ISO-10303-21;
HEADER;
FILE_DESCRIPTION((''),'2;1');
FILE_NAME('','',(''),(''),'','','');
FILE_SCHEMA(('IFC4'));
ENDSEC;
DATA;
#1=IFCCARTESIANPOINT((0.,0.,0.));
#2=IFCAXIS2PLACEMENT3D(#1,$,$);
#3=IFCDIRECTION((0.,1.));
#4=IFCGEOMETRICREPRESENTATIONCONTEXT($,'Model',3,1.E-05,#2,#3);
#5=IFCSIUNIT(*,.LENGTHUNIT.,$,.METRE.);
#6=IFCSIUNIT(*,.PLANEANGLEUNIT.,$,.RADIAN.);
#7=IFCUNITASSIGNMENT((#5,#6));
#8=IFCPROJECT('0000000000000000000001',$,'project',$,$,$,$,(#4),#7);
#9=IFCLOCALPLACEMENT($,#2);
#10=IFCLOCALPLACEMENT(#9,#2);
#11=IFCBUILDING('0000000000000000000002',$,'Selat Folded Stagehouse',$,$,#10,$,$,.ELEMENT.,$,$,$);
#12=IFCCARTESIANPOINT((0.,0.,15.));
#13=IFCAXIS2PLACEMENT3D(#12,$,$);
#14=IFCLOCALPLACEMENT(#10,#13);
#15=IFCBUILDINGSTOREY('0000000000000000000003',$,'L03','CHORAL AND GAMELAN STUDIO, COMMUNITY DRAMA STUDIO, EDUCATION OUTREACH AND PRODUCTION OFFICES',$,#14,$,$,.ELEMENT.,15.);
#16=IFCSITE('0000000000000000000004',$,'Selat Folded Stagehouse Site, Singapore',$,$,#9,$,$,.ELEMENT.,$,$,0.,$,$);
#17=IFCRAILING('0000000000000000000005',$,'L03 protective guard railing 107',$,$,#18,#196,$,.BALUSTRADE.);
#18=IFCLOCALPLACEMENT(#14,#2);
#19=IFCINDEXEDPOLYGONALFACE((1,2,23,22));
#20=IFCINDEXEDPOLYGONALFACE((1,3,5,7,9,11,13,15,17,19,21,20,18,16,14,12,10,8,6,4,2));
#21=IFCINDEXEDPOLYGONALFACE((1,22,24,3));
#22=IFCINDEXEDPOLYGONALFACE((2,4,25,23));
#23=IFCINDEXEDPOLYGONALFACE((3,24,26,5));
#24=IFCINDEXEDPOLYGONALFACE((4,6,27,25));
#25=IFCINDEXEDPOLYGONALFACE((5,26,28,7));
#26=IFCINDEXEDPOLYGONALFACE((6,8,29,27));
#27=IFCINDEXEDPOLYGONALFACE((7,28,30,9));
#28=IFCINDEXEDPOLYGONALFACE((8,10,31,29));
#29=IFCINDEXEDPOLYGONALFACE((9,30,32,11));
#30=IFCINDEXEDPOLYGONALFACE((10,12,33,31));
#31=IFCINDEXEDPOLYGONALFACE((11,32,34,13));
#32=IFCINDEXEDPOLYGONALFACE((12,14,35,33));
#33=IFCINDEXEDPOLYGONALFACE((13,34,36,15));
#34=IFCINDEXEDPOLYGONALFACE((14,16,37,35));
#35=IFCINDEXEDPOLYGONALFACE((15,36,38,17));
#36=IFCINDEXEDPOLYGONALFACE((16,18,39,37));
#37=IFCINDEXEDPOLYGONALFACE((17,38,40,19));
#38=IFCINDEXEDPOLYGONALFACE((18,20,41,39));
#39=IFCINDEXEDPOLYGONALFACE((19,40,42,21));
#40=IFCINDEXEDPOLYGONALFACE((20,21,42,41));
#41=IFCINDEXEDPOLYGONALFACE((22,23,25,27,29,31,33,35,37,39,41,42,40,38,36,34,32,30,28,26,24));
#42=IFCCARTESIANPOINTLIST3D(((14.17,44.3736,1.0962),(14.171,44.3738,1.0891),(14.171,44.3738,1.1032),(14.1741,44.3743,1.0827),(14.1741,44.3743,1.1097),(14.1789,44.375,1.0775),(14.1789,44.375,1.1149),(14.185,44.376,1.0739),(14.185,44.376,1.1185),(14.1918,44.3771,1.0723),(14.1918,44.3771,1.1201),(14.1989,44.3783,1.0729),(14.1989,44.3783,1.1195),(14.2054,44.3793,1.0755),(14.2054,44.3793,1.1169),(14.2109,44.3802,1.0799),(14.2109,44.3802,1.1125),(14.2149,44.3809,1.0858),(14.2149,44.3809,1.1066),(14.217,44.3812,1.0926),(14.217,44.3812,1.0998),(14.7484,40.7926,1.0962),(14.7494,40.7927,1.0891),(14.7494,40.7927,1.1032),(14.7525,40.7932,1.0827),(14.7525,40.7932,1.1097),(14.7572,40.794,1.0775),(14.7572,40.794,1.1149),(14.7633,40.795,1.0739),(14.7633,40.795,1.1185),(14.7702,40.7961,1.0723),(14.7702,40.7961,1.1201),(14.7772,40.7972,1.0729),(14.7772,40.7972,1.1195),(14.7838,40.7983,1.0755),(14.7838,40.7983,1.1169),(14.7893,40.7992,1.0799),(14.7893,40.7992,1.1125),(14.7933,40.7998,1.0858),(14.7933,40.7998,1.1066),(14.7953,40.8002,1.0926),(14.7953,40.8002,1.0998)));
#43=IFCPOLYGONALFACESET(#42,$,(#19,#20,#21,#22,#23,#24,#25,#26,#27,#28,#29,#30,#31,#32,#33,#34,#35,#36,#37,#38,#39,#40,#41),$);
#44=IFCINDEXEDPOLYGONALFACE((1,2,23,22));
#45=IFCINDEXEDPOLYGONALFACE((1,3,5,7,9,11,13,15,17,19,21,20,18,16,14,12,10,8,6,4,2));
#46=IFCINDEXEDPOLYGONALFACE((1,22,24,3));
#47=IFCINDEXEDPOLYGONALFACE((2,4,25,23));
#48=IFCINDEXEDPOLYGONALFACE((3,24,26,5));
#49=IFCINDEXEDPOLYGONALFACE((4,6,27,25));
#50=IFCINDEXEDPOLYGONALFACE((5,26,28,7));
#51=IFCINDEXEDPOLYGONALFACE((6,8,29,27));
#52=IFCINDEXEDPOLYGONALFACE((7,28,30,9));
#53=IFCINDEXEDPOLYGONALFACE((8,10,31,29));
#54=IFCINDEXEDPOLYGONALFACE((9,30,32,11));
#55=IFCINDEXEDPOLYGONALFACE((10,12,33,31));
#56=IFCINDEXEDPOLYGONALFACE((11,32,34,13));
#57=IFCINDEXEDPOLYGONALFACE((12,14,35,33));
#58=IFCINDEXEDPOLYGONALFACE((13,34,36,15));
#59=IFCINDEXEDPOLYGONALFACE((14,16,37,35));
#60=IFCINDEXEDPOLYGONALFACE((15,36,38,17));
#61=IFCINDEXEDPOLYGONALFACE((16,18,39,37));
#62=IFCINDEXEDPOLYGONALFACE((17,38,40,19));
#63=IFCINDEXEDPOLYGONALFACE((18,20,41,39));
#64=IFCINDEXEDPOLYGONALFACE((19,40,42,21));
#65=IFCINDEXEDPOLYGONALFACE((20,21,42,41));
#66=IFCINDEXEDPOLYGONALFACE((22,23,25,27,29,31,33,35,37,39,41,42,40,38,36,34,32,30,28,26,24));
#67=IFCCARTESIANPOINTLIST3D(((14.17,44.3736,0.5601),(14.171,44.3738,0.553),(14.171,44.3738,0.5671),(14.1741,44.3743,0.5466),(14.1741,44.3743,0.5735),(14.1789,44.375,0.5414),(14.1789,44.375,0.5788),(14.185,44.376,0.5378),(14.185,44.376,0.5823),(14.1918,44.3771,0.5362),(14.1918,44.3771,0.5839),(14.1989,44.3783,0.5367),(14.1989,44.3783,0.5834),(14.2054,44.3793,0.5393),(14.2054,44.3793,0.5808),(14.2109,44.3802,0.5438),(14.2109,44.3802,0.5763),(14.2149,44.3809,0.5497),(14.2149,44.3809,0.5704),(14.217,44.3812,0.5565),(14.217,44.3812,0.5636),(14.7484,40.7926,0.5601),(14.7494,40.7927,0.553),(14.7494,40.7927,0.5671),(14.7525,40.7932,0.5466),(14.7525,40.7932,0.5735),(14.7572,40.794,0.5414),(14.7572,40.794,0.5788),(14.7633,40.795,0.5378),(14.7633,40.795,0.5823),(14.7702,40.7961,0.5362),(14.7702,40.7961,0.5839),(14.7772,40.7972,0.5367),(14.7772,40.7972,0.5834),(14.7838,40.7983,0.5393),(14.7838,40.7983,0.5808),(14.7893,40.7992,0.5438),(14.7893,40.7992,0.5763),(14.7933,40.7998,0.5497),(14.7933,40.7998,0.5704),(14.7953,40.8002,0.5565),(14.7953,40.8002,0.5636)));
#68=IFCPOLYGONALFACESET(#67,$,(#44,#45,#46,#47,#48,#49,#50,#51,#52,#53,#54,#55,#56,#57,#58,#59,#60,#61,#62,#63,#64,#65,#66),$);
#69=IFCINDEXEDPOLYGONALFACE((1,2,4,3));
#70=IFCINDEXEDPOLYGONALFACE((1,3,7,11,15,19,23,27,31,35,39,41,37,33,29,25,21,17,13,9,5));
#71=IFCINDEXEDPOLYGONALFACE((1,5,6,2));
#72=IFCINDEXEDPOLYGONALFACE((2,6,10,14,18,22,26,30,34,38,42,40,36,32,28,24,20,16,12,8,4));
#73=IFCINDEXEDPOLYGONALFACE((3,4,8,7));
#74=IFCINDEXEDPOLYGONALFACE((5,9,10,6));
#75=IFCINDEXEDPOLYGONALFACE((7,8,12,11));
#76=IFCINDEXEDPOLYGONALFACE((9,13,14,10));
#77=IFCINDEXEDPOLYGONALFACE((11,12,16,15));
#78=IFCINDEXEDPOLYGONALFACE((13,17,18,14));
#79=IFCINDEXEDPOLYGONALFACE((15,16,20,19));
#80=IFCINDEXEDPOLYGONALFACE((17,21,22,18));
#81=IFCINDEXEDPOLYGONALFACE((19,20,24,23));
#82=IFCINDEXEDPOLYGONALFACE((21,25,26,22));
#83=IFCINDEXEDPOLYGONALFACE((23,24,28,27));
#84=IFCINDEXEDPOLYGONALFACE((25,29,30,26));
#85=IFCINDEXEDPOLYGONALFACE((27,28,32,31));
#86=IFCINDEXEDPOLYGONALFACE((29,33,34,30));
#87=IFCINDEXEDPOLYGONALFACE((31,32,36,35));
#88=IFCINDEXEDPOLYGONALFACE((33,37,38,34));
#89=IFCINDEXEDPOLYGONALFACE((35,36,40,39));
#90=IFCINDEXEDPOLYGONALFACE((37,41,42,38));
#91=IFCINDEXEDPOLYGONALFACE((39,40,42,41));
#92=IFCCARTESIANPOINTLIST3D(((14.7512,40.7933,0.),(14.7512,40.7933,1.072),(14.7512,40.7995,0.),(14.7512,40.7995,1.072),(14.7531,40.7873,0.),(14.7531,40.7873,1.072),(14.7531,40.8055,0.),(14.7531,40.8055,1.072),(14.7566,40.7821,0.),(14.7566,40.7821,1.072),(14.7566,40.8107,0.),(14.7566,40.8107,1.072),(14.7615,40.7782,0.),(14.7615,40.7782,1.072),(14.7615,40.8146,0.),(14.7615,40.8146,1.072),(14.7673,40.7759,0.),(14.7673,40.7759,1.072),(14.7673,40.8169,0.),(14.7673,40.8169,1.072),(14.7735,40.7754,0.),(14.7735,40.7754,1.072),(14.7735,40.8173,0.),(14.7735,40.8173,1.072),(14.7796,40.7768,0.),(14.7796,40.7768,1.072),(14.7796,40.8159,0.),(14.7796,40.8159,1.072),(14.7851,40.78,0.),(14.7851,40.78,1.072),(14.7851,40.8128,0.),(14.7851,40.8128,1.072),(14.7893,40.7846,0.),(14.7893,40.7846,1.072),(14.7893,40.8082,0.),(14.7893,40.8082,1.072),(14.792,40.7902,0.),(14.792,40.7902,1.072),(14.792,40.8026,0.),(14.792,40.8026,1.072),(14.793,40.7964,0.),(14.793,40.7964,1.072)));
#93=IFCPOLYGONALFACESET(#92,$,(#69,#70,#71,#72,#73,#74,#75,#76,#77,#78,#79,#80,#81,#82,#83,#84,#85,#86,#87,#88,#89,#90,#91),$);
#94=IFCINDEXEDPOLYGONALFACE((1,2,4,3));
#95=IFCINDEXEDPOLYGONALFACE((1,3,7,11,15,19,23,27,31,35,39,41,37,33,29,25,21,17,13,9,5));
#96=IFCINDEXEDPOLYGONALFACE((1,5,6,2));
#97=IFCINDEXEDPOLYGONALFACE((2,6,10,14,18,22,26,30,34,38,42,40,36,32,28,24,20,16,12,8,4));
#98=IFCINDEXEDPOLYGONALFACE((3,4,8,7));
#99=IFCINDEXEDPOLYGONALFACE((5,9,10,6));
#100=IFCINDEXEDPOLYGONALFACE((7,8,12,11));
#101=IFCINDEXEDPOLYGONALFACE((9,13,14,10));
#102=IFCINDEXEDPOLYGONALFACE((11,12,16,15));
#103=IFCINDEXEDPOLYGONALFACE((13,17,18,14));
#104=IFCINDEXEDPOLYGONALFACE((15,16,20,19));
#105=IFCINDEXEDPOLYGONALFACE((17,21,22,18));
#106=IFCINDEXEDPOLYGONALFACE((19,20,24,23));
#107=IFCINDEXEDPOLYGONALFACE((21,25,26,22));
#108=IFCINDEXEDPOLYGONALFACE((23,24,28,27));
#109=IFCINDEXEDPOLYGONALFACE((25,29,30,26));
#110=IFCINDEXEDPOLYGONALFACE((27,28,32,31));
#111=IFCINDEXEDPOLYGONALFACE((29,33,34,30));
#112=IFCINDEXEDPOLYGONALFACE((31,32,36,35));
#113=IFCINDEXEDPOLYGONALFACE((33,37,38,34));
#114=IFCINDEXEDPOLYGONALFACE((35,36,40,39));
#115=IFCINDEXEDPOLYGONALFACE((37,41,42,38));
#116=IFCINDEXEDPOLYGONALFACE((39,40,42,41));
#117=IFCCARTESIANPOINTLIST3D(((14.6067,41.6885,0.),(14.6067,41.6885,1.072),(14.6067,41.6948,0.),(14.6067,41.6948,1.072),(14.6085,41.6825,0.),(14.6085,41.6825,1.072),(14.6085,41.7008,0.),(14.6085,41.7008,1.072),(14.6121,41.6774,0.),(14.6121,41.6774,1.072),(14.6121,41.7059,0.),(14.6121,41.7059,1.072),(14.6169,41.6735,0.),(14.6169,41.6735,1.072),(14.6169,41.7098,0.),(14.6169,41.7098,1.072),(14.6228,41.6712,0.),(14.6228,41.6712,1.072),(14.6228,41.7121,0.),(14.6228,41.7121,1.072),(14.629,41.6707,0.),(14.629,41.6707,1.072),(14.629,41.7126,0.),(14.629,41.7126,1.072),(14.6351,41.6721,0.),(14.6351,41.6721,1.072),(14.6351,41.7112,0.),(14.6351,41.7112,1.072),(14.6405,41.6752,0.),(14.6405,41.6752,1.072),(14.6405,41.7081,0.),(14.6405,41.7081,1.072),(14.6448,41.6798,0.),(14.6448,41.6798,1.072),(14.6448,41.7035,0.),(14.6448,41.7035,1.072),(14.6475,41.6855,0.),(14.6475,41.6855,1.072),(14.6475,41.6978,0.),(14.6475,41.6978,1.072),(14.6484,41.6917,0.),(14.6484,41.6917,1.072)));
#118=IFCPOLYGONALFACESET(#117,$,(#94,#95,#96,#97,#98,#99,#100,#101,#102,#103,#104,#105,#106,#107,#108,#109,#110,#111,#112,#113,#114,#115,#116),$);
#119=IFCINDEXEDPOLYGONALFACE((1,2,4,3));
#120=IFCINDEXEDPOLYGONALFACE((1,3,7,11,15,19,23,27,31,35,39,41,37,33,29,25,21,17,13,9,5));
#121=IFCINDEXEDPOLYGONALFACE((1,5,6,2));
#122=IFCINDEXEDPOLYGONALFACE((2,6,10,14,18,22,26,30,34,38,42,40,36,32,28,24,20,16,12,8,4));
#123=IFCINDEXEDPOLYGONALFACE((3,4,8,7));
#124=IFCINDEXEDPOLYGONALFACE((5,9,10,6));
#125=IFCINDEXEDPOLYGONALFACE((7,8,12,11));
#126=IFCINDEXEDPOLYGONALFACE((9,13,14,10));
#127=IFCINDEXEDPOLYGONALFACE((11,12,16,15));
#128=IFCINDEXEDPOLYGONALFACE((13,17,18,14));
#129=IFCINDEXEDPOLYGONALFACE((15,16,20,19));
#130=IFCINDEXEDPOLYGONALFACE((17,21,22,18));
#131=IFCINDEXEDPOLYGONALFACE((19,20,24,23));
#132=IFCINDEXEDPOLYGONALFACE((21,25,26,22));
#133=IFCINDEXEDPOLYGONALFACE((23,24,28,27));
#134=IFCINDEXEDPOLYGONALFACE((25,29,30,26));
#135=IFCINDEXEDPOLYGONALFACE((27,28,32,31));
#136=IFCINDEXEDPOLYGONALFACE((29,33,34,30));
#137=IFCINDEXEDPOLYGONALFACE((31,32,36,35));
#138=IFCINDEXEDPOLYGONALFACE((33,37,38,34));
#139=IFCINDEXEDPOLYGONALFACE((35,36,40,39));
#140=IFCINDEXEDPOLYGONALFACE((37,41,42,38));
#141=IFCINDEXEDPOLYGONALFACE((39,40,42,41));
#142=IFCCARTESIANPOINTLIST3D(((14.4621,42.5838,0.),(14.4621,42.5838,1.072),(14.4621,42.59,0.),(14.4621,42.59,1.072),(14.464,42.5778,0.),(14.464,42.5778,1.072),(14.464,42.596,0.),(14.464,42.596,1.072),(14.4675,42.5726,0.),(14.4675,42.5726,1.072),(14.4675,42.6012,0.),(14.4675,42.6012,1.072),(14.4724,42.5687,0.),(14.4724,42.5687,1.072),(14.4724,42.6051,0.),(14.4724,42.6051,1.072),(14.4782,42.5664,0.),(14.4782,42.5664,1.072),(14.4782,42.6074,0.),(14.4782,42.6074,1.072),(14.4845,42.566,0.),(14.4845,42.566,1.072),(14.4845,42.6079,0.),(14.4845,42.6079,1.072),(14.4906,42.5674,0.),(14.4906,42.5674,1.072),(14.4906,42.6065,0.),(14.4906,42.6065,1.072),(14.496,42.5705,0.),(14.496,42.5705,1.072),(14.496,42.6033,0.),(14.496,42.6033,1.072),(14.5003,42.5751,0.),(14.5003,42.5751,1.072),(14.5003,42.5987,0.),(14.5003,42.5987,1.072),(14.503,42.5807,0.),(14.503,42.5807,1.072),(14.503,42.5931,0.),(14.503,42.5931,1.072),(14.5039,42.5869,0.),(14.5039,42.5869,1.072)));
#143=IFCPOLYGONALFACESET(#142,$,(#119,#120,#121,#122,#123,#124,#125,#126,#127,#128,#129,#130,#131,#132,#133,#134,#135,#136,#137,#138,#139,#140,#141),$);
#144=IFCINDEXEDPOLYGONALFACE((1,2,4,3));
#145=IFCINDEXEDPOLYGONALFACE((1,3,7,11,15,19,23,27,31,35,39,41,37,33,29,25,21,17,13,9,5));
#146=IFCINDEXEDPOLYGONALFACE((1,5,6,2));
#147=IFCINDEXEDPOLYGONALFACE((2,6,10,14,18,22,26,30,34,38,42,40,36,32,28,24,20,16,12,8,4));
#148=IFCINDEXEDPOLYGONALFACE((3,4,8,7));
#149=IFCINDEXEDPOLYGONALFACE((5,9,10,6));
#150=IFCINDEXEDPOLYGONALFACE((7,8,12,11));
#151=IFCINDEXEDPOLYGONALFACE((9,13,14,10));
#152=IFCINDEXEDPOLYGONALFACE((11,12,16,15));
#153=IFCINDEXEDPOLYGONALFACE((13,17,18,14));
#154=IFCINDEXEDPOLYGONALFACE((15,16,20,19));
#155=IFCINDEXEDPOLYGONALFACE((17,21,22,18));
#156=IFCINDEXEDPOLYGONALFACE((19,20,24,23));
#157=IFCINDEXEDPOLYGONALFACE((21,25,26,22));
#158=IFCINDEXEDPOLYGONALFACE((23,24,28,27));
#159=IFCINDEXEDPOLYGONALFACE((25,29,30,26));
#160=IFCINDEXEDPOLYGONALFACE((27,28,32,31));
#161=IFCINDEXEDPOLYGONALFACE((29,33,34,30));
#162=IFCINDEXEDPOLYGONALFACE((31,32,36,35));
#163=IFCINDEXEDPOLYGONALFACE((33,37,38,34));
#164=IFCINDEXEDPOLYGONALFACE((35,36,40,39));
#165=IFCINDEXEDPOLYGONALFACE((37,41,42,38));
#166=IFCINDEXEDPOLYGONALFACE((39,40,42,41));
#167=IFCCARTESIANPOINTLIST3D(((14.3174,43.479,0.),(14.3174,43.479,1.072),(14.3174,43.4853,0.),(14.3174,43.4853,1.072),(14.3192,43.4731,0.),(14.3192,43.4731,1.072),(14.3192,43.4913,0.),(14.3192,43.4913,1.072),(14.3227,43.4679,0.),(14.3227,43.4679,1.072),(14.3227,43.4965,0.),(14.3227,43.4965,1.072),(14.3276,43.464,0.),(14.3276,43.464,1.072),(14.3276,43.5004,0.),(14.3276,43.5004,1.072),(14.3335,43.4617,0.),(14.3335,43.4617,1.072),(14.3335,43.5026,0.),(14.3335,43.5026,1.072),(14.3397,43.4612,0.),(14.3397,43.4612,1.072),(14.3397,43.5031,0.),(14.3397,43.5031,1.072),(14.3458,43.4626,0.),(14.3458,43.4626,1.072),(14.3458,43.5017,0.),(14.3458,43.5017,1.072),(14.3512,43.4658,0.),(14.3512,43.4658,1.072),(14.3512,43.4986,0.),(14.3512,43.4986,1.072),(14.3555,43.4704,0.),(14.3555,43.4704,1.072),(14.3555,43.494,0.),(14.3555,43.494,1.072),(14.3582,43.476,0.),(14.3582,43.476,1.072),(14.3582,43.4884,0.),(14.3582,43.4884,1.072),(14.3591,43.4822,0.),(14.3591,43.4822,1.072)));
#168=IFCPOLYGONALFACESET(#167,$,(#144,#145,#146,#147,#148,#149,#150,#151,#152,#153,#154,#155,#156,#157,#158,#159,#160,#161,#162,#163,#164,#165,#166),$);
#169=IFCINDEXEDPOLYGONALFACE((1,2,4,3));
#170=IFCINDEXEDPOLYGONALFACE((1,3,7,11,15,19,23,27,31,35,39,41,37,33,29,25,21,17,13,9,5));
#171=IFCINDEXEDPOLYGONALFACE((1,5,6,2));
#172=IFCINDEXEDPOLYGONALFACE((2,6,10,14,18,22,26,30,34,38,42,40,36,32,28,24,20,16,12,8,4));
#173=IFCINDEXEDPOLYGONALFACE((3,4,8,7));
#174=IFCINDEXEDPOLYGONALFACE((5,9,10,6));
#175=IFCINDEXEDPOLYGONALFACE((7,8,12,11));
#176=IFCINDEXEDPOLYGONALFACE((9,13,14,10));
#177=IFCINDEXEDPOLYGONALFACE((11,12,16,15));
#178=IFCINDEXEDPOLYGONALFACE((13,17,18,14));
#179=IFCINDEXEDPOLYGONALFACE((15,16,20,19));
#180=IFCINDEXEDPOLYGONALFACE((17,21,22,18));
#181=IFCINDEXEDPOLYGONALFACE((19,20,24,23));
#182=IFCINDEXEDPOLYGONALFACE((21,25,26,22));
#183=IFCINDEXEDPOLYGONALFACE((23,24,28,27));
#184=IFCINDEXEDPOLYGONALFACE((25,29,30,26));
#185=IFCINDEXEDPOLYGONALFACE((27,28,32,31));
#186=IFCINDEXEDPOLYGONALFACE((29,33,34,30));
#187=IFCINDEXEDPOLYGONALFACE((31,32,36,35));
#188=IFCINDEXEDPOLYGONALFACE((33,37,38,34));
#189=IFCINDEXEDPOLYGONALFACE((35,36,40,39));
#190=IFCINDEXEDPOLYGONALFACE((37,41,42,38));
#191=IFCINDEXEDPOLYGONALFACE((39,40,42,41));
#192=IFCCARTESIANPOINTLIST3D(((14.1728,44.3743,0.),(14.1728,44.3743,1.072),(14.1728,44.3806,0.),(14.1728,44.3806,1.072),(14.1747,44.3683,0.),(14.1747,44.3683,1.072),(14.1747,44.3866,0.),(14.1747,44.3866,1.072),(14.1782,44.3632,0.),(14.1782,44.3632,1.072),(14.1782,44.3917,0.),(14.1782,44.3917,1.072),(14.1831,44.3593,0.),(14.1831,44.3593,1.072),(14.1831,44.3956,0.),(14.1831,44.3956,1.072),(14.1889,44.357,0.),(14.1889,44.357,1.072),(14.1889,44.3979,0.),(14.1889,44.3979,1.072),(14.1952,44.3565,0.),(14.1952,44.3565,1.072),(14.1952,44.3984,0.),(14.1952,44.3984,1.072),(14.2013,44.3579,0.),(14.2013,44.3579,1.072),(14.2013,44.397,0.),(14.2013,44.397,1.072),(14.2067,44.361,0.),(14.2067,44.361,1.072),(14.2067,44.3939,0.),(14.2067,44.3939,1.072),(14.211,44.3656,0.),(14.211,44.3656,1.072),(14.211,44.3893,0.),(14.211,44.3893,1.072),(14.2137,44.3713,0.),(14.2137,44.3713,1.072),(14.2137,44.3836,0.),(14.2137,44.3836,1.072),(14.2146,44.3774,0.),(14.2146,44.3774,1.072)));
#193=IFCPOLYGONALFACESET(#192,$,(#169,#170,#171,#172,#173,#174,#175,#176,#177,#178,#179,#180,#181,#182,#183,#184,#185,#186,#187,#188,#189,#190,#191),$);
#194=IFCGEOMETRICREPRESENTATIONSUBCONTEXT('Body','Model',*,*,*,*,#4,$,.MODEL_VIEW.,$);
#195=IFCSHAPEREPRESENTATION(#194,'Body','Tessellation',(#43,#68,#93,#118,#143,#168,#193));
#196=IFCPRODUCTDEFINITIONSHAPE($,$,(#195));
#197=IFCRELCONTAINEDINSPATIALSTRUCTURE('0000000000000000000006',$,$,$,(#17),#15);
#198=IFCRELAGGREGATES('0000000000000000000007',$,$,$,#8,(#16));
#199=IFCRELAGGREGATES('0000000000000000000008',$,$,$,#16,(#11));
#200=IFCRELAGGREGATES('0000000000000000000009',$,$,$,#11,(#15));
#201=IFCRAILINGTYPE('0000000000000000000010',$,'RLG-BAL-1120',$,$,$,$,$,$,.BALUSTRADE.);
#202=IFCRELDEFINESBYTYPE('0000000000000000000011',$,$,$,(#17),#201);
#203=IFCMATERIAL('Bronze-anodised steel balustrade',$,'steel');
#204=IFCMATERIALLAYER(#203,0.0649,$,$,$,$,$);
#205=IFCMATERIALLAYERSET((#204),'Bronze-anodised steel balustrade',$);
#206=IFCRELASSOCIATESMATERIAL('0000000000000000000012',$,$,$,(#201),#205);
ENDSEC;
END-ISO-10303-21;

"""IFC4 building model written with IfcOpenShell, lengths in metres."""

from ifc_helpers import new_model, si_unit, direction, frame, origin, origin_2d, place, context, subcontext, project, spatial, circle, extrude, material, layer, layer_set, type_object, element, save


model = new_model("IFC4")

# Units and contexts
model_context = context("Model", 3, precision=1e-05, world=origin(), true_north=direction((0.0, 1.0)))
body_context = subcontext(model_context, "Body", "Model", "MODEL_VIEW")
ifc_project = project(units=[si_unit("LENGTHUNIT", "METRE"), si_unit("PLANEANGLEUNIT", "RADIAN")], contexts=[model_context])

# Site, building, storey
site_placement = place(None, origin())
site = spatial("IfcSite", under=ifc_project, at=site_placement, Name="Selat Folded Stagehouse Site, Singapore", CompositionType="ELEMENT", RefElevation=0.0)
building_placement = place(site_placement, origin())
building = spatial("IfcBuilding", under=site, at=building_placement, Name="Selat Folded Stagehouse", CompositionType="ELEMENT")
storey_placement = place(building_placement, frame((0.0, 0.0, 15.0)))
storey = spatial("IfcBuildingStorey", under=building, at=storey_placement, Name="L03", Description="CHORAL AND GAMELAN STUDIO, COMMUNITY DRAMA STUDIO, EDUCATION OUTREACH AND PRODUCTION OFFICES", CompositionType="ELEMENT", Elevation=15.0)

# Railing
ifc_material_1 = material(Name="Bronze-anodised steel balustrade", Category="steel")
ifc_layer_1 = layer(ifc_material_1, 0.0649)
ifc_layer_set_1 = layer_set([ifc_layer_1], Name="Bronze-anodised steel balustrade")
railing_type = type_object("IfcRailingType", Name="RLG-BAL-1120", PredefinedType="BALUSTRADE", material=ifc_layer_set_1)
railing_1_placement = place(storey_placement, frame((14.772, 40.7964, 0.0)))
element("IfcRailing", 1, at=railing_1_placement, inside=storey, type_object=railing_type, Name="L03 protective guard railing 107", PredefinedType="BALUSTRADE", context=body_context, shape_type="SweptSolid", body=[
    extrude(circle(Radius=0.0239, at=origin_2d()), frame((0.0, 0.0, 1.0962), z_axis=(-0.159442, 0.987207, 0.0), x_axis=(-0.987207, -0.159442, 0.0)), (0.0, 0.0, 1.0), 3.6274),
    extrude(circle(Radius=0.0239, at=origin_2d()), frame((0.0, 0.0, 0.5601), z_axis=(-0.159442, 0.987207, 0.0), x_axis=(-0.987207, -0.159442, 0.0)), (0.0, 0.0, 1.0), 3.6274),
    extrude(circle(Radius=0.021, at=origin_2d()), origin(), (0.0, 0.0, 1.0), 1.072),
    extrude(circle(Radius=0.021, at=origin_2d()), frame((-0.1445, 0.8953, 0.0)), (0.0, 0.0, 1.0), 1.072),
    extrude(circle(Radius=0.021, at=origin_2d()), frame((-0.2891, 1.7905, 0.0)), (0.0, 0.0, 1.0), 1.072),
    extrude(circle(Radius=0.021, at=origin_2d()), frame((-0.4338, 2.6858, 0.0)), (0.0, 0.0, 1.0), 1.072),
    extrude(circle(Radius=0.021, at=origin_2d()), frame((-0.5784, 3.5811, 0.0)), (0.0, 0.0, 1.0), 1.072),
])

save(model, "model.ifc")
